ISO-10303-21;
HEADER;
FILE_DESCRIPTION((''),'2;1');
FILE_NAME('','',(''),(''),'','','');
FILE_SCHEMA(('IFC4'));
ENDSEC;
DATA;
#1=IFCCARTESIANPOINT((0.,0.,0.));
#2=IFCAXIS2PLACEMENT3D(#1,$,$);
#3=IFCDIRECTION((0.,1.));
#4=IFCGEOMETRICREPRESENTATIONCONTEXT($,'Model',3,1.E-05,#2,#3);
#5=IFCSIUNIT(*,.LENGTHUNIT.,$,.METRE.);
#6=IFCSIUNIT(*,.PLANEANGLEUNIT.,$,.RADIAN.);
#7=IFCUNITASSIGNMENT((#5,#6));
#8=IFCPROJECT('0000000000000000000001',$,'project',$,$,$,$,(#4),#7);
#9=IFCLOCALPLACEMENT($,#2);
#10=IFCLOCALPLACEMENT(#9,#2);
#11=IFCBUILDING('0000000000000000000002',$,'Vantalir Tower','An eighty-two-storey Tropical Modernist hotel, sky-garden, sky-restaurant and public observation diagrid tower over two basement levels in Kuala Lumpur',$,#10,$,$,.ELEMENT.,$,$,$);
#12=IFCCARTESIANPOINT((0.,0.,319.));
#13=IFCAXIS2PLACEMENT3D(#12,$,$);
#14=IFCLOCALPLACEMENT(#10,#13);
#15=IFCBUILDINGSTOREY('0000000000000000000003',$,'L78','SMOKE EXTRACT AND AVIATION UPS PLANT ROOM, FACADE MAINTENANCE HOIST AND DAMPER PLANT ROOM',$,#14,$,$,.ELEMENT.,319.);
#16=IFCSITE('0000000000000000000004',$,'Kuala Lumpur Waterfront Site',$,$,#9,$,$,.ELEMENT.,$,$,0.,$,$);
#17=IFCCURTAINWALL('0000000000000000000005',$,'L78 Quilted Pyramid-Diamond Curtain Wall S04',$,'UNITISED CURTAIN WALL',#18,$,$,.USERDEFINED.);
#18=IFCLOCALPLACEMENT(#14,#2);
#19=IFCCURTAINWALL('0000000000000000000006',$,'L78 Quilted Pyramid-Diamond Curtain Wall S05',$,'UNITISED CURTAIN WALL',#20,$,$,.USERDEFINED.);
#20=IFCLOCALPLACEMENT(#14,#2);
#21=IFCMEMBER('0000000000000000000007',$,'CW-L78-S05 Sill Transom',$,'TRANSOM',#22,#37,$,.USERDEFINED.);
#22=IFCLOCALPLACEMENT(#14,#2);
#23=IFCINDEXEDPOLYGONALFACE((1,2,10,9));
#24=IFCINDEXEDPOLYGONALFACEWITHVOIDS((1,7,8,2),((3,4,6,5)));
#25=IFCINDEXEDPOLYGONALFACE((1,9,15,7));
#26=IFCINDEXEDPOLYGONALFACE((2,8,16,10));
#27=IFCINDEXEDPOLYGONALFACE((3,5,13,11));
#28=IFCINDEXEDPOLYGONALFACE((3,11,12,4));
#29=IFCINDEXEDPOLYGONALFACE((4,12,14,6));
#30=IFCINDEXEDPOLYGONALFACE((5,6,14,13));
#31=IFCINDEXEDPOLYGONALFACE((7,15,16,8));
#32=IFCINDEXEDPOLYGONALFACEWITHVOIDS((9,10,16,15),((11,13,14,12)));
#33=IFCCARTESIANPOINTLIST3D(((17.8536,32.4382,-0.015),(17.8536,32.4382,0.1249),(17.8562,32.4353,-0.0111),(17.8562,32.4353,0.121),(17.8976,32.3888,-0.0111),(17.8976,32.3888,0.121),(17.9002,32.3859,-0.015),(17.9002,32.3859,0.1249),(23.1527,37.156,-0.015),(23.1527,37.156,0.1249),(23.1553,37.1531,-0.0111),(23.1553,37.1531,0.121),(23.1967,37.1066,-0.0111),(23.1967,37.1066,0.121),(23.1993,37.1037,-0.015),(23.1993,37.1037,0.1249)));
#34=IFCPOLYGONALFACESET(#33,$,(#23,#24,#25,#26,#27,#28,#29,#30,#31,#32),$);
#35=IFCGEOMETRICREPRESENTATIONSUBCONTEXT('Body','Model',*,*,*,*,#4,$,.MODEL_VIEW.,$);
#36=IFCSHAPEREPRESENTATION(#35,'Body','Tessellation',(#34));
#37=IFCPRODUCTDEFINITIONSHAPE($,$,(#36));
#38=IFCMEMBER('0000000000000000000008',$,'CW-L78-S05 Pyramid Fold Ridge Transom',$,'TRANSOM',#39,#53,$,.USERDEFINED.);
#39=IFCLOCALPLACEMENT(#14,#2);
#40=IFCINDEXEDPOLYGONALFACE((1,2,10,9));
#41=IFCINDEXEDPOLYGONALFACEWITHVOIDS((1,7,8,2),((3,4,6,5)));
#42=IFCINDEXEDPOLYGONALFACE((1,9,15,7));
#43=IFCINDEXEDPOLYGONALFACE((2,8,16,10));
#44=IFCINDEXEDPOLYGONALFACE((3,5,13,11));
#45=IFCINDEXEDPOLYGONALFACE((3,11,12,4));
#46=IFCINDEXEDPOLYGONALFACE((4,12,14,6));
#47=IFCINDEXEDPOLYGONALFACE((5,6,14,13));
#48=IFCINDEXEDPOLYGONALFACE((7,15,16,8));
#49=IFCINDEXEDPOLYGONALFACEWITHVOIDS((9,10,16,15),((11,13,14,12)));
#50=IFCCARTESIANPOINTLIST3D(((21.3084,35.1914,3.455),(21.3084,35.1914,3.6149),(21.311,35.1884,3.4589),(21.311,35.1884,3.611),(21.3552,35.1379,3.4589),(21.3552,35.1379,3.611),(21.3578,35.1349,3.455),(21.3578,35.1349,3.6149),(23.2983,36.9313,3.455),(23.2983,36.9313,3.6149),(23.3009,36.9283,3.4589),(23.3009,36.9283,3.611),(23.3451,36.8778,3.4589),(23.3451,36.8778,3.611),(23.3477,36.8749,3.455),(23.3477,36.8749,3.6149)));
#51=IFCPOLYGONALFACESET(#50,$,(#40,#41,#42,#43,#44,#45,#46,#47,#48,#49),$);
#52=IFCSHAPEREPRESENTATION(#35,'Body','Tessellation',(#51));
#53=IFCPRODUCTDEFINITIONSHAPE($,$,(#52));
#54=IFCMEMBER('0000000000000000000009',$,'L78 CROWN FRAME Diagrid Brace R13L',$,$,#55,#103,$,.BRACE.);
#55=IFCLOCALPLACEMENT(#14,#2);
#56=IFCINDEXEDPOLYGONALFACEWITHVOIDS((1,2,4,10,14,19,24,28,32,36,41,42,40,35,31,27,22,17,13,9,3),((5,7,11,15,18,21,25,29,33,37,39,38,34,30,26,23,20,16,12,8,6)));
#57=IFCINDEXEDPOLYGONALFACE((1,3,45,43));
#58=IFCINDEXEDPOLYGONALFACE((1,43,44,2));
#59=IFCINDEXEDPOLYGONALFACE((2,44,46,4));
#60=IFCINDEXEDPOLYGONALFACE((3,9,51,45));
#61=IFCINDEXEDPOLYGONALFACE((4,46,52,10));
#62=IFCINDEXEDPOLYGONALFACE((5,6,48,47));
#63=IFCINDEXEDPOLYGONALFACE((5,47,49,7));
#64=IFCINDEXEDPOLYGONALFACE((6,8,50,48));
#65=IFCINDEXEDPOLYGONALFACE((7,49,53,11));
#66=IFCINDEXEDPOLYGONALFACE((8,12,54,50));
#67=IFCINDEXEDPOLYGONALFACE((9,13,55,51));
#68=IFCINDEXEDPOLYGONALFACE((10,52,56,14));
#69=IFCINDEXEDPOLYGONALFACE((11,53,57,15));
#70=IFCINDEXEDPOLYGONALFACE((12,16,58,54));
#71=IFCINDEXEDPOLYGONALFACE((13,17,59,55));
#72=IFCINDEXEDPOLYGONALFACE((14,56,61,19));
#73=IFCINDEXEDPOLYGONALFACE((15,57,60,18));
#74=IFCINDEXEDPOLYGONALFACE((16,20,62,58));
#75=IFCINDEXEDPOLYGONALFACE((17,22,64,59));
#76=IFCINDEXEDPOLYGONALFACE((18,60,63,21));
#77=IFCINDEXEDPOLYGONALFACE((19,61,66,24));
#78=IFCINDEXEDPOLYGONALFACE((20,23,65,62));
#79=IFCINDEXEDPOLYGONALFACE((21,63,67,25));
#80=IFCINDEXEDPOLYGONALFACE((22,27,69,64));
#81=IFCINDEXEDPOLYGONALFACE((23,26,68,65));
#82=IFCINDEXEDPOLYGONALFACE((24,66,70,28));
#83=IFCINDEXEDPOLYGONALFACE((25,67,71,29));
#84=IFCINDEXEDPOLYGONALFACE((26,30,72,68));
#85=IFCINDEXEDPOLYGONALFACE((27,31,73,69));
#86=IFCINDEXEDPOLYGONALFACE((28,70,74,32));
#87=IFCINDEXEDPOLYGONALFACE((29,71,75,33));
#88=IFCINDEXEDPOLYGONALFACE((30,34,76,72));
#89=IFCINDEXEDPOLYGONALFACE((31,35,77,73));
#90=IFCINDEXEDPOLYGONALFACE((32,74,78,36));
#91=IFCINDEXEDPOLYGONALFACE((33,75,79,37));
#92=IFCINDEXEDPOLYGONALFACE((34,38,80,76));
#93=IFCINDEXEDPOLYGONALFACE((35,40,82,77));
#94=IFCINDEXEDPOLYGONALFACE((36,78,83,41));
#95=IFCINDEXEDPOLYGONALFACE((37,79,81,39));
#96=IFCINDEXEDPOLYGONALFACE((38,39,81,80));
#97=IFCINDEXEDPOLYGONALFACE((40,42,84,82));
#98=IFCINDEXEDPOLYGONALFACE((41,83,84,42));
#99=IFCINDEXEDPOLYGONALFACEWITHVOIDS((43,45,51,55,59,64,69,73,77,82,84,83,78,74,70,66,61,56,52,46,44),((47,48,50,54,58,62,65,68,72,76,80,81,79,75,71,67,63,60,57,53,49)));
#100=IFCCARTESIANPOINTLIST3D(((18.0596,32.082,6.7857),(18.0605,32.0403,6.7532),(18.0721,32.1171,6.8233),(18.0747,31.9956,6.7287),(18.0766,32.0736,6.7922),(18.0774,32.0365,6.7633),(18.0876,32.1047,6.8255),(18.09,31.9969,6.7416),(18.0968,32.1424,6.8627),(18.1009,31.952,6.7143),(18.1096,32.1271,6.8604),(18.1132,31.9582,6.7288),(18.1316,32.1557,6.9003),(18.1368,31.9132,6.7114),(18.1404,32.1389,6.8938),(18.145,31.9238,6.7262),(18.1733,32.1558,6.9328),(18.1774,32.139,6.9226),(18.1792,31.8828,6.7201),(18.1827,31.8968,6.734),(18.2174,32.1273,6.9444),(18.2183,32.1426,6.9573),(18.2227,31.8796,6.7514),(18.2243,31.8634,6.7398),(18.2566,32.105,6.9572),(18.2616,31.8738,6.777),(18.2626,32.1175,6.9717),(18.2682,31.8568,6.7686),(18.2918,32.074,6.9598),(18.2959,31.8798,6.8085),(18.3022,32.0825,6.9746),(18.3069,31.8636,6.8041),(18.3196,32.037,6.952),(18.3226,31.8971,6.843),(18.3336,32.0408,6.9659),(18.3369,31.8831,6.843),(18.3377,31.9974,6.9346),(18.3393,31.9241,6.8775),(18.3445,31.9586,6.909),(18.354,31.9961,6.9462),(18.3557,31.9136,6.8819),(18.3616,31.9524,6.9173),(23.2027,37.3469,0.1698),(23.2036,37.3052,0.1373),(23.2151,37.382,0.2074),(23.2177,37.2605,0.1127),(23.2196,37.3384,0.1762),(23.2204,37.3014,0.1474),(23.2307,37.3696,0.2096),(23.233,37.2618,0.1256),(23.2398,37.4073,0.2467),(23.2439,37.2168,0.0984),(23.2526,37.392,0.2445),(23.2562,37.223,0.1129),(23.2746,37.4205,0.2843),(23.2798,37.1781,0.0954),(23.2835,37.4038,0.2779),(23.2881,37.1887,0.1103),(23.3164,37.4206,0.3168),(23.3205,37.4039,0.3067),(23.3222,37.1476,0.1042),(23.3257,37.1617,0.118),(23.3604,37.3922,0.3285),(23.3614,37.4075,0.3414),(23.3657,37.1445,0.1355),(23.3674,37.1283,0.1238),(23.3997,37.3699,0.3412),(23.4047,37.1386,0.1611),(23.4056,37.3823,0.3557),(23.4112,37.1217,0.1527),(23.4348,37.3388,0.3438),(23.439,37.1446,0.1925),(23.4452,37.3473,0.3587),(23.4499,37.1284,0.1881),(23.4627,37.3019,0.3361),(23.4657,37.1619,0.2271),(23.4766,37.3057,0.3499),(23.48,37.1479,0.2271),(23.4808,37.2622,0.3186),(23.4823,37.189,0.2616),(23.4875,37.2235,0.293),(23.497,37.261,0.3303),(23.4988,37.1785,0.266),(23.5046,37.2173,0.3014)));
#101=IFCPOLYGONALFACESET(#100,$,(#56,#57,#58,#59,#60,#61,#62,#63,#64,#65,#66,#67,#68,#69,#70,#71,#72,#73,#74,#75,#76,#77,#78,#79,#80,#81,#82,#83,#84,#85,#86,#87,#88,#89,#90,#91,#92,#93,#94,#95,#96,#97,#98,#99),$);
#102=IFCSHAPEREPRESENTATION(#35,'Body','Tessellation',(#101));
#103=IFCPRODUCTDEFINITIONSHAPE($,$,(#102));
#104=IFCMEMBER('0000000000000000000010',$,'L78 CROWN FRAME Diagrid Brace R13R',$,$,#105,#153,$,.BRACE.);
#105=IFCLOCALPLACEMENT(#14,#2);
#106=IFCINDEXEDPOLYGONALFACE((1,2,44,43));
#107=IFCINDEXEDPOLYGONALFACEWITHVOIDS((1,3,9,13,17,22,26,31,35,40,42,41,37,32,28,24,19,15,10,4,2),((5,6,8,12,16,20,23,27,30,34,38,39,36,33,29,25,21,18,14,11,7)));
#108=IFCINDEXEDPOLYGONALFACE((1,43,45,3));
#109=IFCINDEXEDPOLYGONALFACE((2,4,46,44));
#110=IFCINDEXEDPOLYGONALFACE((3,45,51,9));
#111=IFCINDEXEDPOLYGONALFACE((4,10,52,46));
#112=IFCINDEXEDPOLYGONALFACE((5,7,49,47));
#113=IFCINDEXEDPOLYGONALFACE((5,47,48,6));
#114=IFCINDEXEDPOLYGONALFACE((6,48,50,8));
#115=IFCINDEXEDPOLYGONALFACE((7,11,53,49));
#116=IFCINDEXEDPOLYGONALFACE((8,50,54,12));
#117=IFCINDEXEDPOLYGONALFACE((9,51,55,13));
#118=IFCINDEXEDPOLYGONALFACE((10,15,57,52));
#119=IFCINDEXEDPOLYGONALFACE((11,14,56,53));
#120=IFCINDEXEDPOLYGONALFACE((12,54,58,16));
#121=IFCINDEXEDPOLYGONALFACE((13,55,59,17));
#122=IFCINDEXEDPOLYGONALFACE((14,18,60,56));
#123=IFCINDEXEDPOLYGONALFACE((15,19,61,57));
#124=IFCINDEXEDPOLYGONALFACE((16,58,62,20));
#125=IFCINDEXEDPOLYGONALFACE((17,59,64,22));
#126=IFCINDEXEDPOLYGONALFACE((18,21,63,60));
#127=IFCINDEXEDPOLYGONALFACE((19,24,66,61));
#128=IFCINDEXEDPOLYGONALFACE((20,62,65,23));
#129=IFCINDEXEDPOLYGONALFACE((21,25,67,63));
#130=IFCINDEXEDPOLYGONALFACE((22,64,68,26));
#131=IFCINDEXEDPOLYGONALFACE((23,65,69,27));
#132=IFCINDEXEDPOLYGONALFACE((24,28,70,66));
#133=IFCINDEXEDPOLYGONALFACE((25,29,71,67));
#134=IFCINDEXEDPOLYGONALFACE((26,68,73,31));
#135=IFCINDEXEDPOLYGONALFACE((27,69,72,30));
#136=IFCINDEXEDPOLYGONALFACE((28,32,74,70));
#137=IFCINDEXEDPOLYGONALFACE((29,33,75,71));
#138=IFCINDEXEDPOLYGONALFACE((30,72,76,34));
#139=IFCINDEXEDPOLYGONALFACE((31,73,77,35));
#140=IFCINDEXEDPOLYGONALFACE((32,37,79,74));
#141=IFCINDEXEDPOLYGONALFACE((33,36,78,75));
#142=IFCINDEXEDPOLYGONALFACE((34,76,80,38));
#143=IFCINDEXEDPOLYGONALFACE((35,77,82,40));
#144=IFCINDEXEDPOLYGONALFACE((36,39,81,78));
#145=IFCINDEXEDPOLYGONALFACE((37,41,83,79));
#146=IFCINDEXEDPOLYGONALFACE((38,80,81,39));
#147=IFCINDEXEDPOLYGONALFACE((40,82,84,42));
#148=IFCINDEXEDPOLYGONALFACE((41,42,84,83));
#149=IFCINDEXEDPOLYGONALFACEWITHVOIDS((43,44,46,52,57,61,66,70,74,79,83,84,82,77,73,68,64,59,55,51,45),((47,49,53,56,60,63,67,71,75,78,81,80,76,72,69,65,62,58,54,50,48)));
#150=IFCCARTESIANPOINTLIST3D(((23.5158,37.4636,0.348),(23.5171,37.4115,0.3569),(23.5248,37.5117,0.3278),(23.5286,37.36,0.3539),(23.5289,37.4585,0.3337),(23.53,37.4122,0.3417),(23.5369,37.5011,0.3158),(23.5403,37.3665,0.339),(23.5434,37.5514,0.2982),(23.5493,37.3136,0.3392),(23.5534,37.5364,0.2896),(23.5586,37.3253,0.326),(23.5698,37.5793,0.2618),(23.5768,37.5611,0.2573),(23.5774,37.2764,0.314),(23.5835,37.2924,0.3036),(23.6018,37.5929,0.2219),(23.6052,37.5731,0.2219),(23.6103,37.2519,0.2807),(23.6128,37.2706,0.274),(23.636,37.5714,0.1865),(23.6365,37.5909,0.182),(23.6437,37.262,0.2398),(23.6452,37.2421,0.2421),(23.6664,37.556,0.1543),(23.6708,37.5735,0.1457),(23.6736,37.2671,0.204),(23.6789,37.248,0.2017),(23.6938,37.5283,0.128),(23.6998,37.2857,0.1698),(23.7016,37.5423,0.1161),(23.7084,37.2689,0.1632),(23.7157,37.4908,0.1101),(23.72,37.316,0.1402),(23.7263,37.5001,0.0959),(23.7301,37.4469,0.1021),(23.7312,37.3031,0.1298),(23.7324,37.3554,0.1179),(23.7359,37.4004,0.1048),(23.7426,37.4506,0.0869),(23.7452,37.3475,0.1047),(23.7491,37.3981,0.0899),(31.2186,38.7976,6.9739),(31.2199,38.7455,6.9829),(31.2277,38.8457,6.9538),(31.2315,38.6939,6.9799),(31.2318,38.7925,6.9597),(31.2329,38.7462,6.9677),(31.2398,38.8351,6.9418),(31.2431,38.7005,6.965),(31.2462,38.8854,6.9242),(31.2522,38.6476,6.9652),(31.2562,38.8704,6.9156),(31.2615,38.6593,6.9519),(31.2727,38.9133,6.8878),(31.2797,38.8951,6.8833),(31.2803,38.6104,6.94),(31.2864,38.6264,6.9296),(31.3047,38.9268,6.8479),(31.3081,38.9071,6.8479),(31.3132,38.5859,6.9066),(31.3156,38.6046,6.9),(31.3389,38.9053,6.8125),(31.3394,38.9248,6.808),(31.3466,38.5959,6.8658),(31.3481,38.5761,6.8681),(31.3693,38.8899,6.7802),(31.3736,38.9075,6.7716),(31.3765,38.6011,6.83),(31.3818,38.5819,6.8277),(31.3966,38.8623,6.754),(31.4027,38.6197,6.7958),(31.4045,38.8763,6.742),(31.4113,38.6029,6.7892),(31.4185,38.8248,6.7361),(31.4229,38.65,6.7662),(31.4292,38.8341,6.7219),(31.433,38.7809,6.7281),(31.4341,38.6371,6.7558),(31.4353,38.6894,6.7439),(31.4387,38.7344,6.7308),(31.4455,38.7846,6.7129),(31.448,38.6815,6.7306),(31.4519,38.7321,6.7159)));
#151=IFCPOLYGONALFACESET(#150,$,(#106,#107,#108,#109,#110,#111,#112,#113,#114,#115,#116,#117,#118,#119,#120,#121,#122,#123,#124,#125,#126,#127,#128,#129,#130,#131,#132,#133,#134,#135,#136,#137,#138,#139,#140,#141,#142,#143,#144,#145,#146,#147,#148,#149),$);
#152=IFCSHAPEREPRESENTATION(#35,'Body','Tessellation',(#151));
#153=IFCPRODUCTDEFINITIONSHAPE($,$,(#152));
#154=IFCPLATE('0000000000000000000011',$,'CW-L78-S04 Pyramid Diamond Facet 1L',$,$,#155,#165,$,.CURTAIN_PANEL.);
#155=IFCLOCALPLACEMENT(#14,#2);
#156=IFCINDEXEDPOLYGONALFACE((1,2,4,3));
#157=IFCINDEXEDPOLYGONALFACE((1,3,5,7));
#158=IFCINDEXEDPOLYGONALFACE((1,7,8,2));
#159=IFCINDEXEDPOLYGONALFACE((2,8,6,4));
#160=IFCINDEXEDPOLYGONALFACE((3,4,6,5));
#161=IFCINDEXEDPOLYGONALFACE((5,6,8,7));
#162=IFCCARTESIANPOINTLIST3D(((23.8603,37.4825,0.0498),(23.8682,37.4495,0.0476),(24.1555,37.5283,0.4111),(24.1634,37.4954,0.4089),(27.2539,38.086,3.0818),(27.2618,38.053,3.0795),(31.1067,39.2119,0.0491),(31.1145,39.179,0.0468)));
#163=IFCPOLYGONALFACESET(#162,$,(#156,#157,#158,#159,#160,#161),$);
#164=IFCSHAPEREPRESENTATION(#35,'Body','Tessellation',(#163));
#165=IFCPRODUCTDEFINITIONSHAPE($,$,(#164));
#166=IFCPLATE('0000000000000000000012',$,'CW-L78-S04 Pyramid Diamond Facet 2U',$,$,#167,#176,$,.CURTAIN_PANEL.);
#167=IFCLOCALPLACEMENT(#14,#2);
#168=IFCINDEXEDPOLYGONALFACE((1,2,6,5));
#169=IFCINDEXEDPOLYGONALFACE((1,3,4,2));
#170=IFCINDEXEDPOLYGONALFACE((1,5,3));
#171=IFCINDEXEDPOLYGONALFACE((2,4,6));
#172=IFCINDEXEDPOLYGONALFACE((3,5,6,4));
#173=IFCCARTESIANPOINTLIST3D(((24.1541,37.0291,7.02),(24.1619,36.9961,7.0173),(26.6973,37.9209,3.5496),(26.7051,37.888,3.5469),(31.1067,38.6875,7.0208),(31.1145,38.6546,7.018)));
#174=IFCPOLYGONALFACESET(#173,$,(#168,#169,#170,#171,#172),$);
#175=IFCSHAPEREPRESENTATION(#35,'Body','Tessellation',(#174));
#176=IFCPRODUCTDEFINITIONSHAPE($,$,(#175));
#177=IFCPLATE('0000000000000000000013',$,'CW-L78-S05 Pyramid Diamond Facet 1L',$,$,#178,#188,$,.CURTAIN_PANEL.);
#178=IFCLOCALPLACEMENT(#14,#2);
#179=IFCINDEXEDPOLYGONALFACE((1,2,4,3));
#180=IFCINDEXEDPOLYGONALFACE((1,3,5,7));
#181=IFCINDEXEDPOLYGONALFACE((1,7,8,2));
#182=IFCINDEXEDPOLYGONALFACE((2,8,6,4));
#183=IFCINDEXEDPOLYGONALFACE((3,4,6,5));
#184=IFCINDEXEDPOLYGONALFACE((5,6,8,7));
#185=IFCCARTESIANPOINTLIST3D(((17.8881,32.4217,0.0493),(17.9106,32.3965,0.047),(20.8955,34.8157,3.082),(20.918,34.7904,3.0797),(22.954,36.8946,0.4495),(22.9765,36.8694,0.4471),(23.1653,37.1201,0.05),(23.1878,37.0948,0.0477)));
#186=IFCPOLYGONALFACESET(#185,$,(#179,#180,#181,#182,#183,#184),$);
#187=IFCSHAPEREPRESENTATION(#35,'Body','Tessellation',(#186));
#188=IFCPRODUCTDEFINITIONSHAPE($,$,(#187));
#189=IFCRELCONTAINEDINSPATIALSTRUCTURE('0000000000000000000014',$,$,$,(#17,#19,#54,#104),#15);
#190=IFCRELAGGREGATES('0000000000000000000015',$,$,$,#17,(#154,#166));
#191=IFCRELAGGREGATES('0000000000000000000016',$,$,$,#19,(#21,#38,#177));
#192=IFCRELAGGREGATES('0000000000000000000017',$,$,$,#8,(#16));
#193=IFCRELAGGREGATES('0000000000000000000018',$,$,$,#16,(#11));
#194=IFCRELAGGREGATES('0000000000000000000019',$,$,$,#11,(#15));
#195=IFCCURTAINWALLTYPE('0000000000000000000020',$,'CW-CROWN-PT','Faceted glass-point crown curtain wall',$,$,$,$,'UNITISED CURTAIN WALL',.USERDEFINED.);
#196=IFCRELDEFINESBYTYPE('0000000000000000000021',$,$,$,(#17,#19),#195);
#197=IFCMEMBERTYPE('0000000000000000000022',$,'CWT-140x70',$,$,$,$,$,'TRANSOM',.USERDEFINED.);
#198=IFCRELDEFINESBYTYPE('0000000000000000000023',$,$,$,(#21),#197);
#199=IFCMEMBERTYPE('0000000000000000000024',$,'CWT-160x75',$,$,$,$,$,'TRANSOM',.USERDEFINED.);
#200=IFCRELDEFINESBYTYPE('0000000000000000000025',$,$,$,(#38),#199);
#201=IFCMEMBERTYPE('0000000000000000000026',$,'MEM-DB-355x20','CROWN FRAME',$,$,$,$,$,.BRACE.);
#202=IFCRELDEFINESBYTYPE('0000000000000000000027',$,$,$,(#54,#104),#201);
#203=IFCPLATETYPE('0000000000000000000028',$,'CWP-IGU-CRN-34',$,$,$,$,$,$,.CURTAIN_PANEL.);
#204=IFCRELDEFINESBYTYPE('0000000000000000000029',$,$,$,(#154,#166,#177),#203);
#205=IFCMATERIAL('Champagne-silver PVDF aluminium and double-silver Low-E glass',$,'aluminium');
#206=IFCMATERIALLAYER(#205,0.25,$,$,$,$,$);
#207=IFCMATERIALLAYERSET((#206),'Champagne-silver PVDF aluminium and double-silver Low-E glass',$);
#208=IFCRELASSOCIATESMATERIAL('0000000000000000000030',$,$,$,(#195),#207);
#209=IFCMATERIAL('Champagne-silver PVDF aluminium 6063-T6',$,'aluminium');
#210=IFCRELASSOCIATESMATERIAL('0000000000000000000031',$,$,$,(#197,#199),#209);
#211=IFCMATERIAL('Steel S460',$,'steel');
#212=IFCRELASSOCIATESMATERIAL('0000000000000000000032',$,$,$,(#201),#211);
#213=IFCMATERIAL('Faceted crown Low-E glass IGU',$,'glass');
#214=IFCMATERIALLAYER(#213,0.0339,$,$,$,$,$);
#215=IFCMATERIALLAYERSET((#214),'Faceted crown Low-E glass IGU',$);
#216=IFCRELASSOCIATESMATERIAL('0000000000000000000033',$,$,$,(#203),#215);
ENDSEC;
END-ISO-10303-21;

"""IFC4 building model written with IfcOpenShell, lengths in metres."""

from ifc_helpers import new_model, si_unit, direction, frame, origin, origin_2d, place, context, subcontext, project, spatial, polyline, hollow_rectangle, hollow_circle, outline, extrude, material, layer, layer_set, material_profile, profile_set, type_object, element, aggregate, save


model = new_model("IFC4")

# Units and contexts
model_context = context("Model", 3, precision=1e-05, world=origin(), true_north=direction((0.0, 1.0)))
body_context = subcontext(model_context, "Body", "Model", "MODEL_VIEW")
ifc_project = project(units=[si_unit("LENGTHUNIT", "METRE"), si_unit("PLANEANGLEUNIT", "RADIAN")], contexts=[model_context])

# Site, building, storey
site_placement = place(None, origin())
site = spatial("IfcSite", under=ifc_project, at=site_placement, Name="Kuala Lumpur Waterfront Site", CompositionType="ELEMENT", RefElevation=0.0)
building_placement = place(site_placement, origin())
building = spatial("IfcBuilding", under=site, at=building_placement, Name="Vantalir Tower", Description="An eighty-two-storey Tropical Modernist hotel, sky-garden, sky-restaurant and public observation diagrid tower over two basement levels in Kuala Lumpur", CompositionType="ELEMENT")
storey_placement = place(building_placement, frame((0.0, 0.0, 319.0)))
storey = spatial("IfcBuildingStorey", under=building, at=storey_placement, Name="L78", Description="SMOKE EXTRACT AND AVIATION UPS PLANT ROOM, FACADE MAINTENANCE HOIST AND DAMPER PLANT ROOM", CompositionType="ELEMENT", Elevation=319.0)

# Shared definitions
ifc_material_1 = material(Name="Steel S460", Category="steel")

# Curtain wall
ifc_material_2 = material(Name="Champagne-silver PVDF aluminium and double-silver Low-E glass", Category="aluminium")
ifc_layer_1 = layer(ifc_material_2, 0.25)
ifc_layer_set_1 = layer_set([ifc_layer_1], Name="Champagne-silver PVDF aluminium and double-silver Low-E glass")
curtain_wall_type = type_object("IfcCurtainWallType", Name="CW-CROWN-PT", Description="Faceted glass-point crown curtain wall", ElementType="UNITISED CURTAIN WALL", PredefinedType="USERDEFINED", material=ifc_layer_set_1)
curtain_wall_1_placement = place(storey_placement, origin())
curtain_wall_1 = element("IfcCurtainWall", 1, at=curtain_wall_1_placement, inside=storey, type_object=curtain_wall_type, Name="L78 Quilted Pyramid-Diamond Curtain Wall S04", ObjectType="UNITISED CURTAIN WALL", PredefinedType="USERDEFINED")
ifc_material_3 = material(Name="Champagne-silver PVDF aluminium 6063-T6", Category="aluminium")

# Curtain wall, members
curtain_wall_2_placement = place(storey_placement, origin())
curtain_wall_2 = element("IfcCurtainWall", 2, at=curtain_wall_2_placement, inside=storey, type_object=curtain_wall_type, Name="L78 Quilted Pyramid-Diamond Curtain Wall S05", ObjectType="UNITISED CURTAIN WALL", PredefinedType="USERDEFINED")
ifc_material_profile_1 = material_profile(ifc_material_3, hollow_rectangle(XDim=0.0701, YDim=0.1399, WallThickness=0.0039, at=origin_2d()), Name="Champagne-silver PVDF aluminium 6063-T6")
ifc_profile_set_1 = profile_set([ifc_material_profile_1], Name="Champagne-silver PVDF aluminium 6063-T6")
member_type_1 = type_object("IfcMemberType", Name="CWT-140x70", ElementType="TRANSOM", PredefinedType="USERDEFINED", material=ifc_profile_set_1)
member_1_placement = place(storey_placement, frame((23.176, 37.1299, 0.0549), z_axis=(-0.746885, -0.664953, 0.0), x_axis=(0.664953, -0.746885, 0.0)))
member_1 = element("IfcMember", 3, at=member_1_placement, type_object=member_type_1, Name="CW-L78-S05 Sill Transom", ObjectType="TRANSOM", PredefinedType="USERDEFINED", context=body_context, shape_type="SweptSolid", body=[
    extrude(hollow_rectangle(XDim=0.0701, YDim=0.1399, WallThickness=0.0039, at=origin_2d()), origin(), (0.0, 0.0, 1.0), 7.095),
])
ifc_material_profile_2 = material_profile(ifc_material_3, hollow_rectangle(XDim=0.075, YDim=0.1599, WallThickness=0.0039, at=origin_2d()), Name="Champagne-silver PVDF aluminium 6063-T6")
ifc_profile_set_2 = profile_set([ifc_material_profile_2], Name="Champagne-silver PVDF aluminium 6063-T6")
member_type_2 = type_object("IfcMemberType", Name="CWT-160x75", ElementType="TRANSOM", PredefinedType="USERDEFINED", material=ifc_profile_set_2)
member_2_placement = place(storey_placement, frame((23.323, 36.9031, 3.5349), z_axis=(-0.752811, -0.658236, 0.0), x_axis=(0.658236, -0.752811, 0.0)))
member_2 = element("IfcMember", 4, at=member_2_placement, type_object=member_type_2, Name="CW-L78-S05 Pyramid Fold Ridge Transom", ObjectType="TRANSOM", PredefinedType="USERDEFINED", context=body_context, shape_type="SweptSolid", body=[
    extrude(hollow_rectangle(XDim=0.075, YDim=0.1599, WallThickness=0.0039, at=origin_2d()), origin(), (0.0, 0.0, 1.0), 2.6433),
])

# Members
ifc_material_profile_3 = material_profile(ifc_material_1, hollow_circle(Radius=0.1775, WallThickness=0.02, at=origin_2d()), Name="Steel S460")
ifc_profile_set_3 = profile_set([ifc_material_profile_3], Name="Steel S460")
member_type_3 = type_object("IfcMemberType", Name="MEM-DB-355x20", Description="CROWN FRAME", PredefinedType="BRACE", material=ifc_profile_set_3)
member_3_placement = place(storey_placement, frame((23.353, 37.272, 0.2271), z_axis=(-0.519684, -0.531994, 0.668514), x_axis=(0.715335, -0.698782, 0.0)))
element("IfcMember", 5, at=member_3_placement, inside=storey, type_object=member_type_3, Name="L78 CROWN FRAME Diagrid Brace R13L", PredefinedType="BRACE", context=body_context, shape_type="SweptSolid", body=[
    extrude(hollow_circle(Radius=0.1775, WallThickness=0.02, at=origin_2d()), origin(), (0.0, 0.0, 1.0), 9.8965),
])
member_4_placement = place(storey_placement, frame((23.6321, 37.418, 0.2219), z_axis=(0.751662, 0.130173, 0.646575), x_axis=(-0.17064, 0.985333, 0.0)))
element("IfcMember", 6, at=member_4_placement, inside=storey, type_object=member_type_3, Name="L78 CROWN FRAME Diagrid Brace R13R", PredefinedType="BRACE", context=body_context, shape_type="SweptSolid", body=[
    extrude(hollow_circle(Radius=0.1775, WallThickness=0.02, at=origin_2d()), origin(), (0.0, 0.0, 1.0), 10.2478),
])

# Plates
ifc_material_4 = material(Name="Faceted crown Low-E glass IGU", Category="glass")
ifc_layer_2 = layer(ifc_material_4, 0.0339)
ifc_layer_set_2 = layer_set([ifc_layer_2], Name="Faceted crown Low-E glass IGU")
plate_type_1 = type_object("IfcPlateType", Name="CWP-IGU-CRN-34", PredefinedType="CURTAIN_PANEL", material=ifc_layer_set_2)
plate_1_placement = place(storey_placement, frame((31.1067, 39.2119, 0.0491), z_axis=(-0.231631, 0.970558, 0.066064), x_axis=(-0.972681, -0.232144, 0.000099)))
plate_1 = element("IfcPlate", 7, at=plate_1_placement, type_object=plate_type_1, Name="CW-L78-S04 Pyramid Diamond Facet 1L", PredefinedType="CURTAIN_PANEL", context=body_context, shape_type="SweptSolid", body=[
    extrude(outline(polyline([(0.0, 0.0), (7.4499, 0.0), (7.1521, 0.3621), (4.0092, 3.039), (0.0, 0.0)])), origin(), (0.0, 0.0, -1.0), 0.0339),
])
plate_2_placement = place(storey_placement, frame((24.1541, 37.0291, 7.02), z_axis=(-0.231296, 0.969615, 0.079676), x_axis=(0.97271, 0.232025, 0.000102)))
plate_2 = element("IfcPlate", 8, at=plate_2_placement, type_object=plate_type_1, Name="CW-L78-S04 Pyramid Diamond Facet 2U", PredefinedType="CURTAIN_PANEL", context=body_context, shape_type="SweptSolid", body=[
    extrude(outline(polyline([(0.0, 0.0), (7.1477, 0.0), (2.6804, 3.4818), (0.0, 0.0)])), origin(), (0.0, 0.0, -1.0), 0.0339),
])
aggregate(curtain_wall_1, [plate_1, plate_2])
plate_3_placement = place(storey_placement, frame((23.1653, 37.1201, 0.05), z_axis=(-0.663347, 0.74506, 0.06969), x_axis=(-0.74688, -0.664959, -0.000102)))
plate_3 = element("IfcPlate", 9, at=plate_3_placement, type_object=plate_type_1, Name="CW-L78-S05 Pyramid Diamond Facet 1L", PredefinedType="CURTAIN_PANEL", context=body_context, shape_type="SweptSolid", body=[
    extrude(outline(polyline([(0.0, 0.0), (7.0657, 0.0), (3.2273, 3.0397), (0.3077, 0.4004), (0.0, 0.0)])), origin(), (0.0, 0.0, -1.0), 0.0339),
])
aggregate(curtain_wall_2, [member_1, member_2, plate_3])

save(model, "model.ifc")
